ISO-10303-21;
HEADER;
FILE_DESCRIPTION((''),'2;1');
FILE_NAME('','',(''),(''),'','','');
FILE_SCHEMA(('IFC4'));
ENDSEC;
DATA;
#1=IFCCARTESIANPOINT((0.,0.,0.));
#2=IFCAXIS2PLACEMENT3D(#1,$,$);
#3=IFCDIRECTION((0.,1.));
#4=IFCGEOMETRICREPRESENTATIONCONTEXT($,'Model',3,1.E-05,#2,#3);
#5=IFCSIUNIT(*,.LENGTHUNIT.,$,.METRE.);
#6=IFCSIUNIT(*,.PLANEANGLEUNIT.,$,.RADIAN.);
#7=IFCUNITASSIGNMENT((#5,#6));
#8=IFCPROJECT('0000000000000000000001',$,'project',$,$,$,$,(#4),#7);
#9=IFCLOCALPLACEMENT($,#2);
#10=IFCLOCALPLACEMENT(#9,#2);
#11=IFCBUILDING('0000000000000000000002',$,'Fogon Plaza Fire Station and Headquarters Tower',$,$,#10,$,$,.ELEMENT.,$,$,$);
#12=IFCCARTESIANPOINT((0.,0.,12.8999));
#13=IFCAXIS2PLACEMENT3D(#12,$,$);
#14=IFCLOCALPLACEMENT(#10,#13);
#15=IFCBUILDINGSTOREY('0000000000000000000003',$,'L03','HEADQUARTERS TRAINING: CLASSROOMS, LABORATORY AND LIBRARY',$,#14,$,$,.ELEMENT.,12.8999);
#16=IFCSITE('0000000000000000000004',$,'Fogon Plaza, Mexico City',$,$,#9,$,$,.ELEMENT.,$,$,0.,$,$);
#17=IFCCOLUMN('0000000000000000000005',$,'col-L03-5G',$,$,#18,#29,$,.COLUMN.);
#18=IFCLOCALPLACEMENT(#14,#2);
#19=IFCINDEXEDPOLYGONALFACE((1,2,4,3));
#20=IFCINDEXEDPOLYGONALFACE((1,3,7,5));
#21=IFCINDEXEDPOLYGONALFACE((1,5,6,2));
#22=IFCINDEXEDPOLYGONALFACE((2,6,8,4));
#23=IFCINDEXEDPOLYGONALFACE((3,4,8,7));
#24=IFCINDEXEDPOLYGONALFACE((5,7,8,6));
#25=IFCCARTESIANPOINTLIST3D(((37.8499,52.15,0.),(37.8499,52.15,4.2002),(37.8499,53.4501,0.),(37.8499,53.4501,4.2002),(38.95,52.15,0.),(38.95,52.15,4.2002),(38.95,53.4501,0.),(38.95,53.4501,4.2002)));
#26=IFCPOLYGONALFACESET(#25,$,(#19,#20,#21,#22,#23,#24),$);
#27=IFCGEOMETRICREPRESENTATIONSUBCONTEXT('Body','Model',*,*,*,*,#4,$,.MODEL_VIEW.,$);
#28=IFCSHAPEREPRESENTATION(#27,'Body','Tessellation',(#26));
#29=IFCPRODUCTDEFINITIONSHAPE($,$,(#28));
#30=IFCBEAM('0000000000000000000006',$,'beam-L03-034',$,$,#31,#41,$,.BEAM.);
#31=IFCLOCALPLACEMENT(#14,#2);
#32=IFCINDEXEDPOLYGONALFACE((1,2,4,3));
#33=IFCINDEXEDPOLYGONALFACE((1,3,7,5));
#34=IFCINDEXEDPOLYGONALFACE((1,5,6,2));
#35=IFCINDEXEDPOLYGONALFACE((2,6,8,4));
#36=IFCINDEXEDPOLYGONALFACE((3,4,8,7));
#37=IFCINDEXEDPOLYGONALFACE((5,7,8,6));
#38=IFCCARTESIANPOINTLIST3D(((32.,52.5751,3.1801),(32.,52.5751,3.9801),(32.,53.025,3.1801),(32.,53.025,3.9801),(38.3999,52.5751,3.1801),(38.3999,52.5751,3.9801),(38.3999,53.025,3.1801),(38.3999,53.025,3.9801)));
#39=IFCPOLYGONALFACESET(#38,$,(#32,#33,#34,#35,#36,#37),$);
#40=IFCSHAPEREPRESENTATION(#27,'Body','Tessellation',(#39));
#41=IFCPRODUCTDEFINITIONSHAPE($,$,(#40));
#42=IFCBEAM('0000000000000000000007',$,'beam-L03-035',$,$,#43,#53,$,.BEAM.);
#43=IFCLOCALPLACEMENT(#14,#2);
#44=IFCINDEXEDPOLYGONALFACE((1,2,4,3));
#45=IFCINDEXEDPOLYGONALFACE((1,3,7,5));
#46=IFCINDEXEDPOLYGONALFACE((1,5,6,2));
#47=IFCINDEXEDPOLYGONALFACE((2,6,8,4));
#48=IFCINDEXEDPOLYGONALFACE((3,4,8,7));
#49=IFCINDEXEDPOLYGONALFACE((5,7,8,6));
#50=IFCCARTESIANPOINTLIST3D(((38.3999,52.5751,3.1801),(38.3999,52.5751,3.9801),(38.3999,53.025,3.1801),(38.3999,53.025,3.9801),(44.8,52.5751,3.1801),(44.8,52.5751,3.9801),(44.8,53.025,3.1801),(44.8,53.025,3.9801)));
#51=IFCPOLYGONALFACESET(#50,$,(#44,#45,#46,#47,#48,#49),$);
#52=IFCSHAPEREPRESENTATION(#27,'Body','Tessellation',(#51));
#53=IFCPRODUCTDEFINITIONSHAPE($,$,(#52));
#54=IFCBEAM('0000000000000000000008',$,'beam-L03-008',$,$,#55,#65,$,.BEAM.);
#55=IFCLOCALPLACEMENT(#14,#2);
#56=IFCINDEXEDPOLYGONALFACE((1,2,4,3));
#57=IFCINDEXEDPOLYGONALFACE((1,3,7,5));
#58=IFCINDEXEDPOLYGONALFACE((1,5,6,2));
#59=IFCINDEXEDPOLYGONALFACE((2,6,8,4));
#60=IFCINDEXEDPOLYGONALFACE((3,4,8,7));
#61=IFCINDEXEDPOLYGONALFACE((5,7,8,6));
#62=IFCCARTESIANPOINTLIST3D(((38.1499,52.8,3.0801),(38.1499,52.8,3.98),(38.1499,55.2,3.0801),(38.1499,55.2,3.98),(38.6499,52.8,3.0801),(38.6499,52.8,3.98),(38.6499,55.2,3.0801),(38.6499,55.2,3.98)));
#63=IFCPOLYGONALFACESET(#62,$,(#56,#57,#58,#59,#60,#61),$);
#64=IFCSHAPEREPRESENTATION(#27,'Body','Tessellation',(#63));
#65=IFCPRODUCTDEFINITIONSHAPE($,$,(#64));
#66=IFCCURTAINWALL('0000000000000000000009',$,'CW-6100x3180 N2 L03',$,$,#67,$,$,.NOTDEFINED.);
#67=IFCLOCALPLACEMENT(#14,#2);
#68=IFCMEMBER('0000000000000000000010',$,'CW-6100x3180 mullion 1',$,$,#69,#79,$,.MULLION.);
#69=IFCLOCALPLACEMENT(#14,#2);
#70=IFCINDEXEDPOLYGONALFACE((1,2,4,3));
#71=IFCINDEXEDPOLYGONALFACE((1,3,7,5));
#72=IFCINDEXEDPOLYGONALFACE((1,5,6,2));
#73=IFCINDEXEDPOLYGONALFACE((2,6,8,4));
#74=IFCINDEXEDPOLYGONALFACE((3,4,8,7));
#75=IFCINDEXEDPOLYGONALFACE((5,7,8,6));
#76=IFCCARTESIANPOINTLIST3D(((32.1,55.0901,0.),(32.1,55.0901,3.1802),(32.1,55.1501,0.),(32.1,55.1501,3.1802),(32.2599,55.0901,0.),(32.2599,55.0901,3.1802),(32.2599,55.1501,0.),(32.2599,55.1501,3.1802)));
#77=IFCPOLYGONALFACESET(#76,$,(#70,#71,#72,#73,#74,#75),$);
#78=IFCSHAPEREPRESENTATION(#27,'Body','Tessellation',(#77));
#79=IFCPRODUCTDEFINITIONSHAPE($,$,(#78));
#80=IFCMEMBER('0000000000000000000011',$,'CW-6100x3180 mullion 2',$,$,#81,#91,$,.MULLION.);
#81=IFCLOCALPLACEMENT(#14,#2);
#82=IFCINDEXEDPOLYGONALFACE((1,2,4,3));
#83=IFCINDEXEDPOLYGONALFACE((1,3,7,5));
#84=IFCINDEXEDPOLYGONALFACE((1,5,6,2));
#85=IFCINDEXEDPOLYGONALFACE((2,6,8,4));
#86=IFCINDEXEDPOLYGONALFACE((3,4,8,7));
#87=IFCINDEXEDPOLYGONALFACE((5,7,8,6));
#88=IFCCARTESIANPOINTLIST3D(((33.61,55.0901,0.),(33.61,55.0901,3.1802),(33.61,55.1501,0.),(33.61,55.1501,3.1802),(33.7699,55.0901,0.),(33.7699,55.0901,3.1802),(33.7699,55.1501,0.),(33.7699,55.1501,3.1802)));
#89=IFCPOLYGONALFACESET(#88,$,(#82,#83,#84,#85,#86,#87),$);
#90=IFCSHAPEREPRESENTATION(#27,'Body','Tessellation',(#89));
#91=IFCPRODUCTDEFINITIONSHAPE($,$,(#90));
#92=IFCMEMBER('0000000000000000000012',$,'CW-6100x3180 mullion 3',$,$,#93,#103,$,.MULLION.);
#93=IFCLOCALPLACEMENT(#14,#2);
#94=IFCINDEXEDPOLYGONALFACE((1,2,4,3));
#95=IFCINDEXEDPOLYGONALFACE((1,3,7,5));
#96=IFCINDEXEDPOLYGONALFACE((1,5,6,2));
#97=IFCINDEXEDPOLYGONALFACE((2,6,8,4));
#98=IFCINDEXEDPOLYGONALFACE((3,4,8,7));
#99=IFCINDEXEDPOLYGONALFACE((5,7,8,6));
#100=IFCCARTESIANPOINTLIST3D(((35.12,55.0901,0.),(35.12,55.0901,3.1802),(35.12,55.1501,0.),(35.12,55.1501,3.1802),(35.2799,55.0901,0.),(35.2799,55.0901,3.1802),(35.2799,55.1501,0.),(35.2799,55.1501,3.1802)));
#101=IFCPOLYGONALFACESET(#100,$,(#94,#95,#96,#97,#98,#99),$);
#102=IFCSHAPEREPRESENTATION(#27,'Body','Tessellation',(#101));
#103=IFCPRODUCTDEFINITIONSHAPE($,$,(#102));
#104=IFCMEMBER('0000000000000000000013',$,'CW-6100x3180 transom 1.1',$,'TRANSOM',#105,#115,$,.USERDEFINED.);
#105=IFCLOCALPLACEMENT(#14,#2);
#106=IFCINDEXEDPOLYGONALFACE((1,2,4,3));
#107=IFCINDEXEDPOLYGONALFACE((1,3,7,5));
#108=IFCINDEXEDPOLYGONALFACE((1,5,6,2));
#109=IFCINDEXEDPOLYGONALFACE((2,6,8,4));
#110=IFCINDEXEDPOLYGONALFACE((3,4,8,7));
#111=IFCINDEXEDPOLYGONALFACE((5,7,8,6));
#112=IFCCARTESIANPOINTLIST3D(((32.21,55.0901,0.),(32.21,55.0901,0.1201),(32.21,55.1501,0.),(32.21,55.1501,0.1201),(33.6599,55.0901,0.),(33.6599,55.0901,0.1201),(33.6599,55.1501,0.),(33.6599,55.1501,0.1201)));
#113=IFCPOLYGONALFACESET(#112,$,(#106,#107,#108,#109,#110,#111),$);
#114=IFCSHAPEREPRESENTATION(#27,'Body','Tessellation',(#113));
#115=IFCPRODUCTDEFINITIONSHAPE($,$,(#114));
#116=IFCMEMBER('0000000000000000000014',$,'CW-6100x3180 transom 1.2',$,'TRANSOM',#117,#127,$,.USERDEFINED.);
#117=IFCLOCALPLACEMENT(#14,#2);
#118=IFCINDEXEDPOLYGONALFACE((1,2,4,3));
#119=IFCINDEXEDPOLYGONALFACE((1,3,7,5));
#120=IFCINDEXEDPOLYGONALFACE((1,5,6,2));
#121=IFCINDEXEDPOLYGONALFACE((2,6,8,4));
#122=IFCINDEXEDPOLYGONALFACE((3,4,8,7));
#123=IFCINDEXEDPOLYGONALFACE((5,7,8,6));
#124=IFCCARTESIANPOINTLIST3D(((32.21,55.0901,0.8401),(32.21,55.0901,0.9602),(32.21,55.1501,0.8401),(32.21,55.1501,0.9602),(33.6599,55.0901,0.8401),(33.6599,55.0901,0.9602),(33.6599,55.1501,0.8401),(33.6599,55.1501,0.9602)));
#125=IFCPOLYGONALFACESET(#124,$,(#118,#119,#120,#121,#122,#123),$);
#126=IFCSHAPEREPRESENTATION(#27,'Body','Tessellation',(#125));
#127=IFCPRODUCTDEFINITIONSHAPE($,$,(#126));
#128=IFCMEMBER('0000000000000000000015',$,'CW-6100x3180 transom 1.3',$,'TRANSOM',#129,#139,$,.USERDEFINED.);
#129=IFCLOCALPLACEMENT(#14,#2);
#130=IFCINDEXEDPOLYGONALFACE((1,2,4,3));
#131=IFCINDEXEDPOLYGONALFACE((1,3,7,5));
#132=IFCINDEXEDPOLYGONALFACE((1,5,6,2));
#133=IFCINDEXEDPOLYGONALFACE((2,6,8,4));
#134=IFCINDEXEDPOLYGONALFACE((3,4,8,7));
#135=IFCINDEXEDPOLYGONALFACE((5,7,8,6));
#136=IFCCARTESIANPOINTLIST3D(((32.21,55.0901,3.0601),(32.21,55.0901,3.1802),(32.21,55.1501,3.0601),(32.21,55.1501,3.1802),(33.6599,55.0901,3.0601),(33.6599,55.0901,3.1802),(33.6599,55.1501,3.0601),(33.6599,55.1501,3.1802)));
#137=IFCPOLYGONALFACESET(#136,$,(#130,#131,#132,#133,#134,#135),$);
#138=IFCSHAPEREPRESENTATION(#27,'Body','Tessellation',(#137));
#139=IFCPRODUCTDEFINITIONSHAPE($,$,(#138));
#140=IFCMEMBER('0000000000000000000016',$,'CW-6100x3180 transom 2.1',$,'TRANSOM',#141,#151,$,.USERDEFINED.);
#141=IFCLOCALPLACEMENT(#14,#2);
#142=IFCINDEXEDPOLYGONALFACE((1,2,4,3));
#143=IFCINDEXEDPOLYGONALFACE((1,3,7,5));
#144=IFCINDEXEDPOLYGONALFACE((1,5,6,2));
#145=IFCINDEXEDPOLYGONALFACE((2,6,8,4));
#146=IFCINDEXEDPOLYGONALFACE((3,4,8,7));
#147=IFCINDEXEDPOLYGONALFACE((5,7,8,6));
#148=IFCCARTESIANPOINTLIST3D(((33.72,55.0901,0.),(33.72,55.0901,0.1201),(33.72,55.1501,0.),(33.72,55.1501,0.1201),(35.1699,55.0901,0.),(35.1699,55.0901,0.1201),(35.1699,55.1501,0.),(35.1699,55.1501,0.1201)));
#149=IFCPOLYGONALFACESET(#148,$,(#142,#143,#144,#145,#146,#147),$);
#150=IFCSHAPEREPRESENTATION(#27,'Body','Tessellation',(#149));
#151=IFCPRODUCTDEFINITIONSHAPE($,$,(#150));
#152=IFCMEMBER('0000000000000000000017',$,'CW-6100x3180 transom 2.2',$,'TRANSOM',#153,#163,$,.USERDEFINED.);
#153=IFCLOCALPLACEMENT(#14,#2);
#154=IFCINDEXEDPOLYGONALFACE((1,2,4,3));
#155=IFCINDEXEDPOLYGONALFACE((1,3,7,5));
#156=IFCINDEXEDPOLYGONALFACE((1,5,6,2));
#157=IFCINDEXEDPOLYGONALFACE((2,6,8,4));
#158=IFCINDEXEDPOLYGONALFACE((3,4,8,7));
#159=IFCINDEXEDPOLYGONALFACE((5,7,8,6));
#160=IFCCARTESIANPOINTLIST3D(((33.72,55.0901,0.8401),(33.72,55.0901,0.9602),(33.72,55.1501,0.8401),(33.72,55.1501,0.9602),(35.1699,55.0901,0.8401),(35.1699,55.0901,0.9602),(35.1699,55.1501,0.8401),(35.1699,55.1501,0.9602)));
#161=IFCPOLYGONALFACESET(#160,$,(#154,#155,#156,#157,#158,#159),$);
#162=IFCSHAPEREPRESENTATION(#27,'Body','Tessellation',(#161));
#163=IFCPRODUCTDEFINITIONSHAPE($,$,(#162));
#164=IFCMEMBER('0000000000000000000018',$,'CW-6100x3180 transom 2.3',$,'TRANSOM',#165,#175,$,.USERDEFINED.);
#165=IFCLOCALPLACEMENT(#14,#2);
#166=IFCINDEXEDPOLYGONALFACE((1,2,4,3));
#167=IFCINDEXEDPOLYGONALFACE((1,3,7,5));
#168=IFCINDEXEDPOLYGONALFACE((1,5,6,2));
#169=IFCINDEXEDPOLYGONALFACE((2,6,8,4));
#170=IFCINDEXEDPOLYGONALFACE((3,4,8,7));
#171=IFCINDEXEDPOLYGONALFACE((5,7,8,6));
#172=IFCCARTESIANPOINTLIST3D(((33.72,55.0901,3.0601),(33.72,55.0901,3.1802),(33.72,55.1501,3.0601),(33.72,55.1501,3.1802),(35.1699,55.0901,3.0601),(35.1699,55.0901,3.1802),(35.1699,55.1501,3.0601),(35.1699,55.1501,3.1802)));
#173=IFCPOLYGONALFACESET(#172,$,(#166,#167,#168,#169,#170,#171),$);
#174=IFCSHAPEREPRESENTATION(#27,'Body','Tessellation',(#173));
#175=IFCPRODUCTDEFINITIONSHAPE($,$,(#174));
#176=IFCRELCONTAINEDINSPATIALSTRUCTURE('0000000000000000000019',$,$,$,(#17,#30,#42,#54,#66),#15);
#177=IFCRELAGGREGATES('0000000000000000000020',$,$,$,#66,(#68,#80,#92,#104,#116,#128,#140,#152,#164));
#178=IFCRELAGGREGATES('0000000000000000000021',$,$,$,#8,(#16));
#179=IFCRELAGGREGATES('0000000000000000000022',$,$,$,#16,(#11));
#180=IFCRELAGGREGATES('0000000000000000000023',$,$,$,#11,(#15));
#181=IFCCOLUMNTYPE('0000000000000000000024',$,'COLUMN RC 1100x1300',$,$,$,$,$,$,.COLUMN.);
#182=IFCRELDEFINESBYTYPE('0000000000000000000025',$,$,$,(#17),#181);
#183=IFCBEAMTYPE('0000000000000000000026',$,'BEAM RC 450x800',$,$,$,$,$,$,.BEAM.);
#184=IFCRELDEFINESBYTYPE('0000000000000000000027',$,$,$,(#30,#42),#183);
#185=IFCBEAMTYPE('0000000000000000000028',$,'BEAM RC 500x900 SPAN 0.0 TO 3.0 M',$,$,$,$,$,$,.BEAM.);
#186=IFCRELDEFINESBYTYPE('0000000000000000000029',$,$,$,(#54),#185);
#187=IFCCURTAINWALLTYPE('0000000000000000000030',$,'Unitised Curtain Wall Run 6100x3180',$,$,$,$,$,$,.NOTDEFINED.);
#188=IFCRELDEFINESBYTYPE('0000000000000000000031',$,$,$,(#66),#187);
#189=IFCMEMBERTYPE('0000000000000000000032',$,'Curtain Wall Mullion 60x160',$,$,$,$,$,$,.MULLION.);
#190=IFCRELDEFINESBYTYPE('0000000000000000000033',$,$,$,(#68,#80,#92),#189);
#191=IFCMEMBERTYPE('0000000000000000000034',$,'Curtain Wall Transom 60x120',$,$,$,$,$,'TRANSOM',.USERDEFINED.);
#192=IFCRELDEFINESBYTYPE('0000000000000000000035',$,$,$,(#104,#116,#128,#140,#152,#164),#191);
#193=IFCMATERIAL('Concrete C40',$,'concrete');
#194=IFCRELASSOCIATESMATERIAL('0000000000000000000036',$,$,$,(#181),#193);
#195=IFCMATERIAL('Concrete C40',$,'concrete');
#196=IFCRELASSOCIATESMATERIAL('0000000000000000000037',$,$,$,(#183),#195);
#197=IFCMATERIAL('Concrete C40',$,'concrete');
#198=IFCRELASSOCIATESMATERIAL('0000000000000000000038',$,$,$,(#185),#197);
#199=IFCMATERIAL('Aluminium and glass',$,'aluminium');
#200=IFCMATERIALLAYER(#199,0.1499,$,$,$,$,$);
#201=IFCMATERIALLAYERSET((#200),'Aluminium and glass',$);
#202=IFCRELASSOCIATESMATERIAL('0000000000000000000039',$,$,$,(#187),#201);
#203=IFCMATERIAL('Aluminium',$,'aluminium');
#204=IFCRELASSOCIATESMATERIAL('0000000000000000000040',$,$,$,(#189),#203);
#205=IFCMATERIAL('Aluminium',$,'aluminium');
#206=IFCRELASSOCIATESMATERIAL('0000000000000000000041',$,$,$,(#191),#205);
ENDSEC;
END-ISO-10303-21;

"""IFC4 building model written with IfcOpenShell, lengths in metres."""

from ifc_helpers import new_model, si_unit, direction, frame, origin, origin_2d, place, context, subcontext, project, spatial, rectangle, extrude, material, layer, layer_set, material_profile, profile_set, type_object, element, aggregate, save


model = new_model("IFC4")

# Units and contexts
model_context = context("Model", 3, precision=1e-05, world=origin(), true_north=direction((0.0, 1.0)))
body_context = subcontext(model_context, "Body", "Model", "MODEL_VIEW")
ifc_project = project(units=[si_unit("LENGTHUNIT", "METRE"), si_unit("PLANEANGLEUNIT", "RADIAN")], contexts=[model_context])

# Site, building, storey
site_placement = place(None, origin())
site = spatial("IfcSite", under=ifc_project, at=site_placement, Name="Fogon Plaza, Mexico City", CompositionType="ELEMENT", RefElevation=0.0)
building_placement = place(site_placement, origin())
building = spatial("IfcBuilding", under=site, at=building_placement, Name="Fogon Plaza Fire Station and Headquarters Tower", CompositionType="ELEMENT")
storey_placement = place(building_placement, frame((0.0, 0.0, 12.8999)))
storey = spatial("IfcBuildingStorey", under=building, at=storey_placement, Name="L03", Description="HEADQUARTERS TRAINING: CLASSROOMS, LABORATORY AND LIBRARY", CompositionType="ELEMENT", Elevation=12.8999)

# Column
ifc_material_1 = material(Name="Concrete C40", Category="concrete")
ifc_material_profile_1 = material_profile(ifc_material_1, rectangle(XDim=1.1001, YDim=1.3, at=origin_2d()), Name="RC 1100x1300")
ifc_profile_set_1 = profile_set([ifc_material_profile_1], Name="Concrete C40")
column_type = type_object("IfcColumnType", Name="COLUMN RC 1100x1300", PredefinedType="COLUMN", material=ifc_profile_set_1)
column_placement = place(storey_placement, frame((38.3999, 52.8, 0.0), z_axis=(0.0, 0.0, 1.0), x_axis=(1.0, 0.0, 0.0)))
element("IfcColumn", 1, at=column_placement, inside=storey, type_object=column_type, Name="col-L03-5G", PredefinedType="COLUMN", context=body_context, shape_type="SweptSolid", body=[
    extrude(rectangle(XDim=1.1001, YDim=1.3, at=origin_2d()), origin(), (0.0, 0.0, 1.0), 4.2002),
])

# Beams
ifc_material_2 = material(Name="Concrete C40", Category="concrete")
ifc_material_profile_2 = material_profile(ifc_material_2, rectangle(XDim=0.45, YDim=0.8, at=origin_2d()), Name="RC 450x800")
ifc_profile_set_2 = profile_set([ifc_material_profile_2], Name="Concrete C40")
beam_type_1 = type_object("IfcBeamType", Name="BEAM RC 450x800", PredefinedType="BEAM", material=ifc_profile_set_2)
beam_1_placement = place(storey_placement, frame((32.0, 52.8, 3.5801), z_axis=(1.0, 0.0, 0.0), x_axis=(0.0, 1.0, 0.0)))
element("IfcBeam", 2, at=beam_1_placement, inside=storey, type_object=beam_type_1, Name="beam-L03-034", PredefinedType="BEAM", context=body_context, shape_type="SweptSolid", body=[
    extrude(rectangle(XDim=0.45, YDim=0.8, at=origin_2d()), origin(), (0.0, 0.0, 1.0), 6.3999),
])
beam_2_placement = place(storey_placement, frame((38.3999, 52.8, 3.5801), z_axis=(1.0, 0.0, 0.0), x_axis=(0.0, 1.0, 0.0)))
element("IfcBeam", 3, at=beam_2_placement, inside=storey, type_object=beam_type_1, Name="beam-L03-035", PredefinedType="BEAM", context=body_context, shape_type="SweptSolid", body=[
    extrude(rectangle(XDim=0.45, YDim=0.8, at=origin_2d()), origin(), (0.0, 0.0, 1.0), 6.4001),
])
ifc_material_3 = material(Name="Concrete C40", Category="concrete")
ifc_material_profile_3 = material_profile(ifc_material_3, rectangle(XDim=0.5, YDim=0.8999, at=origin_2d()), Name="RC 500x900")
ifc_profile_set_3 = profile_set([ifc_material_profile_3], Name="Concrete C40")
beam_type_2 = type_object("IfcBeamType", Name="BEAM RC 500x900 SPAN 0.0 TO 3.0 M", PredefinedType="BEAM", material=ifc_profile_set_3)
beam_3_placement = place(storey_placement, frame((38.3999, 52.8, 3.53), z_axis=(0.0, 1.0, 0.0), x_axis=(-1.0, 0.0, 0.0)))
element("IfcBeam", 4, at=beam_3_placement, inside=storey, type_object=beam_type_2, Name="beam-L03-008", PredefinedType="BEAM", context=body_context, shape_type="SweptSolid", body=[
    extrude(rectangle(XDim=0.5, YDim=0.8999, at=origin_2d()), origin(), (0.0, 0.0, 1.0), 2.3999),
])

# Curtain wall, members
ifc_material_4 = material(Name="Aluminium and glass", Category="aluminium")
ifc_layer_1 = layer(ifc_material_4, 0.1499)
ifc_layer_set_1 = layer_set([ifc_layer_1], Name="Aluminium and glass")
curtain_wall_type = type_object("IfcCurtainWallType", Name="Unitised Curtain Wall Run 6100x3180", PredefinedType="NOTDEFINED", material=ifc_layer_set_1)
curtain_wall_placement = place(storey_placement, origin())
curtain_wall = element("IfcCurtainWall", 5, at=curtain_wall_placement, inside=storey, type_object=curtain_wall_type, Name="CW-6100x3180 N2 L03", PredefinedType="NOTDEFINED")
ifc_material_5 = material(Name="Aluminium", Category="aluminium")
ifc_material_profile_4 = material_profile(ifc_material_5, rectangle(XDim=0.0601, YDim=0.1599, at=origin_2d()), Name="Curtain Wall Mullion 60x160")
ifc_profile_set_4 = profile_set([ifc_material_profile_4], Name="Aluminium")
member_type_1 = type_object("IfcMemberType", Name="Curtain Wall Mullion 60x160", PredefinedType="MULLION", material=ifc_profile_set_4)
member_1_placement = place(storey_placement, frame((32.1799, 55.1201, 0.0), z_axis=(0.0, 0.0, 1.0), x_axis=(0.0, 1.0, 0.0)))
member_1 = element("IfcMember", 6, at=member_1_placement, type_object=member_type_1, Name="CW-6100x3180 mullion 1", PredefinedType="MULLION", context=body_context, shape_type="SweptSolid", body=[
    extrude(rectangle(XDim=0.0601, YDim=0.1599, at=origin_2d()), origin(), (0.0, 0.0, 1.0), 3.1802),
])
member_2_placement = place(storey_placement, frame((33.6899, 55.1201, 0.0), z_axis=(0.0, 0.0, 1.0), x_axis=(0.0, 1.0, 0.0)))
member_2 = element("IfcMember", 7, at=member_2_placement, type_object=member_type_1, Name="CW-6100x3180 mullion 2", PredefinedType="MULLION", context=body_context, shape_type="SweptSolid", body=[
    extrude(rectangle(XDim=0.0601, YDim=0.1599, at=origin_2d()), origin(), (0.0, 0.0, 1.0), 3.1802),
])
member_3_placement = place(storey_placement, frame((35.2, 55.1201, 0.0), z_axis=(0.0, 0.0, 1.0), x_axis=(0.0, 1.0, 0.0)))
member_3 = element("IfcMember", 8, at=member_3_placement, type_object=member_type_1, Name="CW-6100x3180 mullion 3", PredefinedType="MULLION", context=body_context, shape_type="SweptSolid", body=[
    extrude(rectangle(XDim=0.0601, YDim=0.1599, at=origin_2d()), origin(), (0.0, 0.0, 1.0), 3.1802),
])
ifc_material_6 = material(Name="Aluminium", Category="aluminium")
ifc_material_profile_5 = material_profile(ifc_material_6, rectangle(XDim=0.0601, YDim=0.1201, at=origin_2d()), Name="Curtain Wall Transom 60x120")
ifc_profile_set_5 = profile_set([ifc_material_profile_5], Name="Aluminium")
member_type_2 = type_object("IfcMemberType", Name="Curtain Wall Transom 60x120", ElementType="TRANSOM", PredefinedType="USERDEFINED", material=ifc_profile_set_5)
member_4_placement = place(storey_placement, frame((32.21, 55.1201, 0.0601), z_axis=(1.0, 0.0, 0.0), x_axis=(0.0, 1.0, 0.0)))
member_4 = element("IfcMember", 9, at=member_4_placement, type_object=member_type_2, Name="CW-6100x3180 transom 1.1", ObjectType="TRANSOM", PredefinedType="USERDEFINED", context=body_context, shape_type="SweptSolid", body=[
    extrude(rectangle(XDim=0.0601, YDim=0.1201, at=origin_2d()), origin(), (0.0, 0.0, 1.0), 1.45),
])
member_5_placement = place(storey_placement, frame((32.21, 55.1201, 0.9001), z_axis=(1.0, 0.0, 0.0), x_axis=(0.0, 1.0, 0.0)))
member_5 = element("IfcMember", 10, at=member_5_placement, type_object=member_type_2, Name="CW-6100x3180 transom 1.2", ObjectType="TRANSOM", PredefinedType="USERDEFINED", context=body_context, shape_type="SweptSolid", body=[
    extrude(rectangle(XDim=0.0601, YDim=0.1201, at=origin_2d()), origin(), (0.0, 0.0, 1.0), 1.45),
])
member_6_placement = place(storey_placement, frame((32.21, 55.1201, 3.1201), z_axis=(1.0, 0.0, 0.0), x_axis=(0.0, 1.0, 0.0)))
member_6 = element("IfcMember", 11, at=member_6_placement, type_object=member_type_2, Name="CW-6100x3180 transom 1.3", ObjectType="TRANSOM", PredefinedType="USERDEFINED", context=body_context, shape_type="SweptSolid", body=[
    extrude(rectangle(XDim=0.0601, YDim=0.1201, at=origin_2d()), origin(), (0.0, 0.0, 1.0), 1.45),
])
member_7_placement = place(storey_placement, frame((33.72, 55.1201, 0.0601), z_axis=(1.0, 0.0, 0.0), x_axis=(0.0, 1.0, 0.0)))
member_7 = element("IfcMember", 12, at=member_7_placement, type_object=member_type_2, Name="CW-6100x3180 transom 2.1", ObjectType="TRANSOM", PredefinedType="USERDEFINED", context=body_context, shape_type="SweptSolid", body=[
    extrude(rectangle(XDim=0.0601, YDim=0.1201, at=origin_2d()), origin(), (0.0, 0.0, 1.0), 1.45),
])
member_8_placement = place(storey_placement, frame((33.72, 55.1201, 0.9001), z_axis=(1.0, 0.0, 0.0), x_axis=(0.0, 1.0, 0.0)))
member_8 = element("IfcMember", 13, at=member_8_placement, type_object=member_type_2, Name="CW-6100x3180 transom 2.2", ObjectType="TRANSOM", PredefinedType="USERDEFINED", context=body_context, shape_type="SweptSolid", body=[
    extrude(rectangle(XDim=0.0601, YDim=0.1201, at=origin_2d()), origin(), (0.0, 0.0, 1.0), 1.45),
])
member_9_placement = place(storey_placement, frame((33.72, 55.1201, 3.1201), z_axis=(1.0, 0.0, 0.0), x_axis=(0.0, 1.0, 0.0)))
member_9 = element("IfcMember", 14, at=member_9_placement, type_object=member_type_2, Name="CW-6100x3180 transom 2.3", ObjectType="TRANSOM", PredefinedType="USERDEFINED", context=body_context, shape_type="SweptSolid", body=[
    extrude(rectangle(XDim=0.0601, YDim=0.1201, at=origin_2d()), origin(), (0.0, 0.0, 1.0), 1.45),
])

aggregate(curtain_wall, [member_1, member_2, member_3, member_4, member_5, member_6, member_7, member_8, member_9])

save(model, "model.ifc")
